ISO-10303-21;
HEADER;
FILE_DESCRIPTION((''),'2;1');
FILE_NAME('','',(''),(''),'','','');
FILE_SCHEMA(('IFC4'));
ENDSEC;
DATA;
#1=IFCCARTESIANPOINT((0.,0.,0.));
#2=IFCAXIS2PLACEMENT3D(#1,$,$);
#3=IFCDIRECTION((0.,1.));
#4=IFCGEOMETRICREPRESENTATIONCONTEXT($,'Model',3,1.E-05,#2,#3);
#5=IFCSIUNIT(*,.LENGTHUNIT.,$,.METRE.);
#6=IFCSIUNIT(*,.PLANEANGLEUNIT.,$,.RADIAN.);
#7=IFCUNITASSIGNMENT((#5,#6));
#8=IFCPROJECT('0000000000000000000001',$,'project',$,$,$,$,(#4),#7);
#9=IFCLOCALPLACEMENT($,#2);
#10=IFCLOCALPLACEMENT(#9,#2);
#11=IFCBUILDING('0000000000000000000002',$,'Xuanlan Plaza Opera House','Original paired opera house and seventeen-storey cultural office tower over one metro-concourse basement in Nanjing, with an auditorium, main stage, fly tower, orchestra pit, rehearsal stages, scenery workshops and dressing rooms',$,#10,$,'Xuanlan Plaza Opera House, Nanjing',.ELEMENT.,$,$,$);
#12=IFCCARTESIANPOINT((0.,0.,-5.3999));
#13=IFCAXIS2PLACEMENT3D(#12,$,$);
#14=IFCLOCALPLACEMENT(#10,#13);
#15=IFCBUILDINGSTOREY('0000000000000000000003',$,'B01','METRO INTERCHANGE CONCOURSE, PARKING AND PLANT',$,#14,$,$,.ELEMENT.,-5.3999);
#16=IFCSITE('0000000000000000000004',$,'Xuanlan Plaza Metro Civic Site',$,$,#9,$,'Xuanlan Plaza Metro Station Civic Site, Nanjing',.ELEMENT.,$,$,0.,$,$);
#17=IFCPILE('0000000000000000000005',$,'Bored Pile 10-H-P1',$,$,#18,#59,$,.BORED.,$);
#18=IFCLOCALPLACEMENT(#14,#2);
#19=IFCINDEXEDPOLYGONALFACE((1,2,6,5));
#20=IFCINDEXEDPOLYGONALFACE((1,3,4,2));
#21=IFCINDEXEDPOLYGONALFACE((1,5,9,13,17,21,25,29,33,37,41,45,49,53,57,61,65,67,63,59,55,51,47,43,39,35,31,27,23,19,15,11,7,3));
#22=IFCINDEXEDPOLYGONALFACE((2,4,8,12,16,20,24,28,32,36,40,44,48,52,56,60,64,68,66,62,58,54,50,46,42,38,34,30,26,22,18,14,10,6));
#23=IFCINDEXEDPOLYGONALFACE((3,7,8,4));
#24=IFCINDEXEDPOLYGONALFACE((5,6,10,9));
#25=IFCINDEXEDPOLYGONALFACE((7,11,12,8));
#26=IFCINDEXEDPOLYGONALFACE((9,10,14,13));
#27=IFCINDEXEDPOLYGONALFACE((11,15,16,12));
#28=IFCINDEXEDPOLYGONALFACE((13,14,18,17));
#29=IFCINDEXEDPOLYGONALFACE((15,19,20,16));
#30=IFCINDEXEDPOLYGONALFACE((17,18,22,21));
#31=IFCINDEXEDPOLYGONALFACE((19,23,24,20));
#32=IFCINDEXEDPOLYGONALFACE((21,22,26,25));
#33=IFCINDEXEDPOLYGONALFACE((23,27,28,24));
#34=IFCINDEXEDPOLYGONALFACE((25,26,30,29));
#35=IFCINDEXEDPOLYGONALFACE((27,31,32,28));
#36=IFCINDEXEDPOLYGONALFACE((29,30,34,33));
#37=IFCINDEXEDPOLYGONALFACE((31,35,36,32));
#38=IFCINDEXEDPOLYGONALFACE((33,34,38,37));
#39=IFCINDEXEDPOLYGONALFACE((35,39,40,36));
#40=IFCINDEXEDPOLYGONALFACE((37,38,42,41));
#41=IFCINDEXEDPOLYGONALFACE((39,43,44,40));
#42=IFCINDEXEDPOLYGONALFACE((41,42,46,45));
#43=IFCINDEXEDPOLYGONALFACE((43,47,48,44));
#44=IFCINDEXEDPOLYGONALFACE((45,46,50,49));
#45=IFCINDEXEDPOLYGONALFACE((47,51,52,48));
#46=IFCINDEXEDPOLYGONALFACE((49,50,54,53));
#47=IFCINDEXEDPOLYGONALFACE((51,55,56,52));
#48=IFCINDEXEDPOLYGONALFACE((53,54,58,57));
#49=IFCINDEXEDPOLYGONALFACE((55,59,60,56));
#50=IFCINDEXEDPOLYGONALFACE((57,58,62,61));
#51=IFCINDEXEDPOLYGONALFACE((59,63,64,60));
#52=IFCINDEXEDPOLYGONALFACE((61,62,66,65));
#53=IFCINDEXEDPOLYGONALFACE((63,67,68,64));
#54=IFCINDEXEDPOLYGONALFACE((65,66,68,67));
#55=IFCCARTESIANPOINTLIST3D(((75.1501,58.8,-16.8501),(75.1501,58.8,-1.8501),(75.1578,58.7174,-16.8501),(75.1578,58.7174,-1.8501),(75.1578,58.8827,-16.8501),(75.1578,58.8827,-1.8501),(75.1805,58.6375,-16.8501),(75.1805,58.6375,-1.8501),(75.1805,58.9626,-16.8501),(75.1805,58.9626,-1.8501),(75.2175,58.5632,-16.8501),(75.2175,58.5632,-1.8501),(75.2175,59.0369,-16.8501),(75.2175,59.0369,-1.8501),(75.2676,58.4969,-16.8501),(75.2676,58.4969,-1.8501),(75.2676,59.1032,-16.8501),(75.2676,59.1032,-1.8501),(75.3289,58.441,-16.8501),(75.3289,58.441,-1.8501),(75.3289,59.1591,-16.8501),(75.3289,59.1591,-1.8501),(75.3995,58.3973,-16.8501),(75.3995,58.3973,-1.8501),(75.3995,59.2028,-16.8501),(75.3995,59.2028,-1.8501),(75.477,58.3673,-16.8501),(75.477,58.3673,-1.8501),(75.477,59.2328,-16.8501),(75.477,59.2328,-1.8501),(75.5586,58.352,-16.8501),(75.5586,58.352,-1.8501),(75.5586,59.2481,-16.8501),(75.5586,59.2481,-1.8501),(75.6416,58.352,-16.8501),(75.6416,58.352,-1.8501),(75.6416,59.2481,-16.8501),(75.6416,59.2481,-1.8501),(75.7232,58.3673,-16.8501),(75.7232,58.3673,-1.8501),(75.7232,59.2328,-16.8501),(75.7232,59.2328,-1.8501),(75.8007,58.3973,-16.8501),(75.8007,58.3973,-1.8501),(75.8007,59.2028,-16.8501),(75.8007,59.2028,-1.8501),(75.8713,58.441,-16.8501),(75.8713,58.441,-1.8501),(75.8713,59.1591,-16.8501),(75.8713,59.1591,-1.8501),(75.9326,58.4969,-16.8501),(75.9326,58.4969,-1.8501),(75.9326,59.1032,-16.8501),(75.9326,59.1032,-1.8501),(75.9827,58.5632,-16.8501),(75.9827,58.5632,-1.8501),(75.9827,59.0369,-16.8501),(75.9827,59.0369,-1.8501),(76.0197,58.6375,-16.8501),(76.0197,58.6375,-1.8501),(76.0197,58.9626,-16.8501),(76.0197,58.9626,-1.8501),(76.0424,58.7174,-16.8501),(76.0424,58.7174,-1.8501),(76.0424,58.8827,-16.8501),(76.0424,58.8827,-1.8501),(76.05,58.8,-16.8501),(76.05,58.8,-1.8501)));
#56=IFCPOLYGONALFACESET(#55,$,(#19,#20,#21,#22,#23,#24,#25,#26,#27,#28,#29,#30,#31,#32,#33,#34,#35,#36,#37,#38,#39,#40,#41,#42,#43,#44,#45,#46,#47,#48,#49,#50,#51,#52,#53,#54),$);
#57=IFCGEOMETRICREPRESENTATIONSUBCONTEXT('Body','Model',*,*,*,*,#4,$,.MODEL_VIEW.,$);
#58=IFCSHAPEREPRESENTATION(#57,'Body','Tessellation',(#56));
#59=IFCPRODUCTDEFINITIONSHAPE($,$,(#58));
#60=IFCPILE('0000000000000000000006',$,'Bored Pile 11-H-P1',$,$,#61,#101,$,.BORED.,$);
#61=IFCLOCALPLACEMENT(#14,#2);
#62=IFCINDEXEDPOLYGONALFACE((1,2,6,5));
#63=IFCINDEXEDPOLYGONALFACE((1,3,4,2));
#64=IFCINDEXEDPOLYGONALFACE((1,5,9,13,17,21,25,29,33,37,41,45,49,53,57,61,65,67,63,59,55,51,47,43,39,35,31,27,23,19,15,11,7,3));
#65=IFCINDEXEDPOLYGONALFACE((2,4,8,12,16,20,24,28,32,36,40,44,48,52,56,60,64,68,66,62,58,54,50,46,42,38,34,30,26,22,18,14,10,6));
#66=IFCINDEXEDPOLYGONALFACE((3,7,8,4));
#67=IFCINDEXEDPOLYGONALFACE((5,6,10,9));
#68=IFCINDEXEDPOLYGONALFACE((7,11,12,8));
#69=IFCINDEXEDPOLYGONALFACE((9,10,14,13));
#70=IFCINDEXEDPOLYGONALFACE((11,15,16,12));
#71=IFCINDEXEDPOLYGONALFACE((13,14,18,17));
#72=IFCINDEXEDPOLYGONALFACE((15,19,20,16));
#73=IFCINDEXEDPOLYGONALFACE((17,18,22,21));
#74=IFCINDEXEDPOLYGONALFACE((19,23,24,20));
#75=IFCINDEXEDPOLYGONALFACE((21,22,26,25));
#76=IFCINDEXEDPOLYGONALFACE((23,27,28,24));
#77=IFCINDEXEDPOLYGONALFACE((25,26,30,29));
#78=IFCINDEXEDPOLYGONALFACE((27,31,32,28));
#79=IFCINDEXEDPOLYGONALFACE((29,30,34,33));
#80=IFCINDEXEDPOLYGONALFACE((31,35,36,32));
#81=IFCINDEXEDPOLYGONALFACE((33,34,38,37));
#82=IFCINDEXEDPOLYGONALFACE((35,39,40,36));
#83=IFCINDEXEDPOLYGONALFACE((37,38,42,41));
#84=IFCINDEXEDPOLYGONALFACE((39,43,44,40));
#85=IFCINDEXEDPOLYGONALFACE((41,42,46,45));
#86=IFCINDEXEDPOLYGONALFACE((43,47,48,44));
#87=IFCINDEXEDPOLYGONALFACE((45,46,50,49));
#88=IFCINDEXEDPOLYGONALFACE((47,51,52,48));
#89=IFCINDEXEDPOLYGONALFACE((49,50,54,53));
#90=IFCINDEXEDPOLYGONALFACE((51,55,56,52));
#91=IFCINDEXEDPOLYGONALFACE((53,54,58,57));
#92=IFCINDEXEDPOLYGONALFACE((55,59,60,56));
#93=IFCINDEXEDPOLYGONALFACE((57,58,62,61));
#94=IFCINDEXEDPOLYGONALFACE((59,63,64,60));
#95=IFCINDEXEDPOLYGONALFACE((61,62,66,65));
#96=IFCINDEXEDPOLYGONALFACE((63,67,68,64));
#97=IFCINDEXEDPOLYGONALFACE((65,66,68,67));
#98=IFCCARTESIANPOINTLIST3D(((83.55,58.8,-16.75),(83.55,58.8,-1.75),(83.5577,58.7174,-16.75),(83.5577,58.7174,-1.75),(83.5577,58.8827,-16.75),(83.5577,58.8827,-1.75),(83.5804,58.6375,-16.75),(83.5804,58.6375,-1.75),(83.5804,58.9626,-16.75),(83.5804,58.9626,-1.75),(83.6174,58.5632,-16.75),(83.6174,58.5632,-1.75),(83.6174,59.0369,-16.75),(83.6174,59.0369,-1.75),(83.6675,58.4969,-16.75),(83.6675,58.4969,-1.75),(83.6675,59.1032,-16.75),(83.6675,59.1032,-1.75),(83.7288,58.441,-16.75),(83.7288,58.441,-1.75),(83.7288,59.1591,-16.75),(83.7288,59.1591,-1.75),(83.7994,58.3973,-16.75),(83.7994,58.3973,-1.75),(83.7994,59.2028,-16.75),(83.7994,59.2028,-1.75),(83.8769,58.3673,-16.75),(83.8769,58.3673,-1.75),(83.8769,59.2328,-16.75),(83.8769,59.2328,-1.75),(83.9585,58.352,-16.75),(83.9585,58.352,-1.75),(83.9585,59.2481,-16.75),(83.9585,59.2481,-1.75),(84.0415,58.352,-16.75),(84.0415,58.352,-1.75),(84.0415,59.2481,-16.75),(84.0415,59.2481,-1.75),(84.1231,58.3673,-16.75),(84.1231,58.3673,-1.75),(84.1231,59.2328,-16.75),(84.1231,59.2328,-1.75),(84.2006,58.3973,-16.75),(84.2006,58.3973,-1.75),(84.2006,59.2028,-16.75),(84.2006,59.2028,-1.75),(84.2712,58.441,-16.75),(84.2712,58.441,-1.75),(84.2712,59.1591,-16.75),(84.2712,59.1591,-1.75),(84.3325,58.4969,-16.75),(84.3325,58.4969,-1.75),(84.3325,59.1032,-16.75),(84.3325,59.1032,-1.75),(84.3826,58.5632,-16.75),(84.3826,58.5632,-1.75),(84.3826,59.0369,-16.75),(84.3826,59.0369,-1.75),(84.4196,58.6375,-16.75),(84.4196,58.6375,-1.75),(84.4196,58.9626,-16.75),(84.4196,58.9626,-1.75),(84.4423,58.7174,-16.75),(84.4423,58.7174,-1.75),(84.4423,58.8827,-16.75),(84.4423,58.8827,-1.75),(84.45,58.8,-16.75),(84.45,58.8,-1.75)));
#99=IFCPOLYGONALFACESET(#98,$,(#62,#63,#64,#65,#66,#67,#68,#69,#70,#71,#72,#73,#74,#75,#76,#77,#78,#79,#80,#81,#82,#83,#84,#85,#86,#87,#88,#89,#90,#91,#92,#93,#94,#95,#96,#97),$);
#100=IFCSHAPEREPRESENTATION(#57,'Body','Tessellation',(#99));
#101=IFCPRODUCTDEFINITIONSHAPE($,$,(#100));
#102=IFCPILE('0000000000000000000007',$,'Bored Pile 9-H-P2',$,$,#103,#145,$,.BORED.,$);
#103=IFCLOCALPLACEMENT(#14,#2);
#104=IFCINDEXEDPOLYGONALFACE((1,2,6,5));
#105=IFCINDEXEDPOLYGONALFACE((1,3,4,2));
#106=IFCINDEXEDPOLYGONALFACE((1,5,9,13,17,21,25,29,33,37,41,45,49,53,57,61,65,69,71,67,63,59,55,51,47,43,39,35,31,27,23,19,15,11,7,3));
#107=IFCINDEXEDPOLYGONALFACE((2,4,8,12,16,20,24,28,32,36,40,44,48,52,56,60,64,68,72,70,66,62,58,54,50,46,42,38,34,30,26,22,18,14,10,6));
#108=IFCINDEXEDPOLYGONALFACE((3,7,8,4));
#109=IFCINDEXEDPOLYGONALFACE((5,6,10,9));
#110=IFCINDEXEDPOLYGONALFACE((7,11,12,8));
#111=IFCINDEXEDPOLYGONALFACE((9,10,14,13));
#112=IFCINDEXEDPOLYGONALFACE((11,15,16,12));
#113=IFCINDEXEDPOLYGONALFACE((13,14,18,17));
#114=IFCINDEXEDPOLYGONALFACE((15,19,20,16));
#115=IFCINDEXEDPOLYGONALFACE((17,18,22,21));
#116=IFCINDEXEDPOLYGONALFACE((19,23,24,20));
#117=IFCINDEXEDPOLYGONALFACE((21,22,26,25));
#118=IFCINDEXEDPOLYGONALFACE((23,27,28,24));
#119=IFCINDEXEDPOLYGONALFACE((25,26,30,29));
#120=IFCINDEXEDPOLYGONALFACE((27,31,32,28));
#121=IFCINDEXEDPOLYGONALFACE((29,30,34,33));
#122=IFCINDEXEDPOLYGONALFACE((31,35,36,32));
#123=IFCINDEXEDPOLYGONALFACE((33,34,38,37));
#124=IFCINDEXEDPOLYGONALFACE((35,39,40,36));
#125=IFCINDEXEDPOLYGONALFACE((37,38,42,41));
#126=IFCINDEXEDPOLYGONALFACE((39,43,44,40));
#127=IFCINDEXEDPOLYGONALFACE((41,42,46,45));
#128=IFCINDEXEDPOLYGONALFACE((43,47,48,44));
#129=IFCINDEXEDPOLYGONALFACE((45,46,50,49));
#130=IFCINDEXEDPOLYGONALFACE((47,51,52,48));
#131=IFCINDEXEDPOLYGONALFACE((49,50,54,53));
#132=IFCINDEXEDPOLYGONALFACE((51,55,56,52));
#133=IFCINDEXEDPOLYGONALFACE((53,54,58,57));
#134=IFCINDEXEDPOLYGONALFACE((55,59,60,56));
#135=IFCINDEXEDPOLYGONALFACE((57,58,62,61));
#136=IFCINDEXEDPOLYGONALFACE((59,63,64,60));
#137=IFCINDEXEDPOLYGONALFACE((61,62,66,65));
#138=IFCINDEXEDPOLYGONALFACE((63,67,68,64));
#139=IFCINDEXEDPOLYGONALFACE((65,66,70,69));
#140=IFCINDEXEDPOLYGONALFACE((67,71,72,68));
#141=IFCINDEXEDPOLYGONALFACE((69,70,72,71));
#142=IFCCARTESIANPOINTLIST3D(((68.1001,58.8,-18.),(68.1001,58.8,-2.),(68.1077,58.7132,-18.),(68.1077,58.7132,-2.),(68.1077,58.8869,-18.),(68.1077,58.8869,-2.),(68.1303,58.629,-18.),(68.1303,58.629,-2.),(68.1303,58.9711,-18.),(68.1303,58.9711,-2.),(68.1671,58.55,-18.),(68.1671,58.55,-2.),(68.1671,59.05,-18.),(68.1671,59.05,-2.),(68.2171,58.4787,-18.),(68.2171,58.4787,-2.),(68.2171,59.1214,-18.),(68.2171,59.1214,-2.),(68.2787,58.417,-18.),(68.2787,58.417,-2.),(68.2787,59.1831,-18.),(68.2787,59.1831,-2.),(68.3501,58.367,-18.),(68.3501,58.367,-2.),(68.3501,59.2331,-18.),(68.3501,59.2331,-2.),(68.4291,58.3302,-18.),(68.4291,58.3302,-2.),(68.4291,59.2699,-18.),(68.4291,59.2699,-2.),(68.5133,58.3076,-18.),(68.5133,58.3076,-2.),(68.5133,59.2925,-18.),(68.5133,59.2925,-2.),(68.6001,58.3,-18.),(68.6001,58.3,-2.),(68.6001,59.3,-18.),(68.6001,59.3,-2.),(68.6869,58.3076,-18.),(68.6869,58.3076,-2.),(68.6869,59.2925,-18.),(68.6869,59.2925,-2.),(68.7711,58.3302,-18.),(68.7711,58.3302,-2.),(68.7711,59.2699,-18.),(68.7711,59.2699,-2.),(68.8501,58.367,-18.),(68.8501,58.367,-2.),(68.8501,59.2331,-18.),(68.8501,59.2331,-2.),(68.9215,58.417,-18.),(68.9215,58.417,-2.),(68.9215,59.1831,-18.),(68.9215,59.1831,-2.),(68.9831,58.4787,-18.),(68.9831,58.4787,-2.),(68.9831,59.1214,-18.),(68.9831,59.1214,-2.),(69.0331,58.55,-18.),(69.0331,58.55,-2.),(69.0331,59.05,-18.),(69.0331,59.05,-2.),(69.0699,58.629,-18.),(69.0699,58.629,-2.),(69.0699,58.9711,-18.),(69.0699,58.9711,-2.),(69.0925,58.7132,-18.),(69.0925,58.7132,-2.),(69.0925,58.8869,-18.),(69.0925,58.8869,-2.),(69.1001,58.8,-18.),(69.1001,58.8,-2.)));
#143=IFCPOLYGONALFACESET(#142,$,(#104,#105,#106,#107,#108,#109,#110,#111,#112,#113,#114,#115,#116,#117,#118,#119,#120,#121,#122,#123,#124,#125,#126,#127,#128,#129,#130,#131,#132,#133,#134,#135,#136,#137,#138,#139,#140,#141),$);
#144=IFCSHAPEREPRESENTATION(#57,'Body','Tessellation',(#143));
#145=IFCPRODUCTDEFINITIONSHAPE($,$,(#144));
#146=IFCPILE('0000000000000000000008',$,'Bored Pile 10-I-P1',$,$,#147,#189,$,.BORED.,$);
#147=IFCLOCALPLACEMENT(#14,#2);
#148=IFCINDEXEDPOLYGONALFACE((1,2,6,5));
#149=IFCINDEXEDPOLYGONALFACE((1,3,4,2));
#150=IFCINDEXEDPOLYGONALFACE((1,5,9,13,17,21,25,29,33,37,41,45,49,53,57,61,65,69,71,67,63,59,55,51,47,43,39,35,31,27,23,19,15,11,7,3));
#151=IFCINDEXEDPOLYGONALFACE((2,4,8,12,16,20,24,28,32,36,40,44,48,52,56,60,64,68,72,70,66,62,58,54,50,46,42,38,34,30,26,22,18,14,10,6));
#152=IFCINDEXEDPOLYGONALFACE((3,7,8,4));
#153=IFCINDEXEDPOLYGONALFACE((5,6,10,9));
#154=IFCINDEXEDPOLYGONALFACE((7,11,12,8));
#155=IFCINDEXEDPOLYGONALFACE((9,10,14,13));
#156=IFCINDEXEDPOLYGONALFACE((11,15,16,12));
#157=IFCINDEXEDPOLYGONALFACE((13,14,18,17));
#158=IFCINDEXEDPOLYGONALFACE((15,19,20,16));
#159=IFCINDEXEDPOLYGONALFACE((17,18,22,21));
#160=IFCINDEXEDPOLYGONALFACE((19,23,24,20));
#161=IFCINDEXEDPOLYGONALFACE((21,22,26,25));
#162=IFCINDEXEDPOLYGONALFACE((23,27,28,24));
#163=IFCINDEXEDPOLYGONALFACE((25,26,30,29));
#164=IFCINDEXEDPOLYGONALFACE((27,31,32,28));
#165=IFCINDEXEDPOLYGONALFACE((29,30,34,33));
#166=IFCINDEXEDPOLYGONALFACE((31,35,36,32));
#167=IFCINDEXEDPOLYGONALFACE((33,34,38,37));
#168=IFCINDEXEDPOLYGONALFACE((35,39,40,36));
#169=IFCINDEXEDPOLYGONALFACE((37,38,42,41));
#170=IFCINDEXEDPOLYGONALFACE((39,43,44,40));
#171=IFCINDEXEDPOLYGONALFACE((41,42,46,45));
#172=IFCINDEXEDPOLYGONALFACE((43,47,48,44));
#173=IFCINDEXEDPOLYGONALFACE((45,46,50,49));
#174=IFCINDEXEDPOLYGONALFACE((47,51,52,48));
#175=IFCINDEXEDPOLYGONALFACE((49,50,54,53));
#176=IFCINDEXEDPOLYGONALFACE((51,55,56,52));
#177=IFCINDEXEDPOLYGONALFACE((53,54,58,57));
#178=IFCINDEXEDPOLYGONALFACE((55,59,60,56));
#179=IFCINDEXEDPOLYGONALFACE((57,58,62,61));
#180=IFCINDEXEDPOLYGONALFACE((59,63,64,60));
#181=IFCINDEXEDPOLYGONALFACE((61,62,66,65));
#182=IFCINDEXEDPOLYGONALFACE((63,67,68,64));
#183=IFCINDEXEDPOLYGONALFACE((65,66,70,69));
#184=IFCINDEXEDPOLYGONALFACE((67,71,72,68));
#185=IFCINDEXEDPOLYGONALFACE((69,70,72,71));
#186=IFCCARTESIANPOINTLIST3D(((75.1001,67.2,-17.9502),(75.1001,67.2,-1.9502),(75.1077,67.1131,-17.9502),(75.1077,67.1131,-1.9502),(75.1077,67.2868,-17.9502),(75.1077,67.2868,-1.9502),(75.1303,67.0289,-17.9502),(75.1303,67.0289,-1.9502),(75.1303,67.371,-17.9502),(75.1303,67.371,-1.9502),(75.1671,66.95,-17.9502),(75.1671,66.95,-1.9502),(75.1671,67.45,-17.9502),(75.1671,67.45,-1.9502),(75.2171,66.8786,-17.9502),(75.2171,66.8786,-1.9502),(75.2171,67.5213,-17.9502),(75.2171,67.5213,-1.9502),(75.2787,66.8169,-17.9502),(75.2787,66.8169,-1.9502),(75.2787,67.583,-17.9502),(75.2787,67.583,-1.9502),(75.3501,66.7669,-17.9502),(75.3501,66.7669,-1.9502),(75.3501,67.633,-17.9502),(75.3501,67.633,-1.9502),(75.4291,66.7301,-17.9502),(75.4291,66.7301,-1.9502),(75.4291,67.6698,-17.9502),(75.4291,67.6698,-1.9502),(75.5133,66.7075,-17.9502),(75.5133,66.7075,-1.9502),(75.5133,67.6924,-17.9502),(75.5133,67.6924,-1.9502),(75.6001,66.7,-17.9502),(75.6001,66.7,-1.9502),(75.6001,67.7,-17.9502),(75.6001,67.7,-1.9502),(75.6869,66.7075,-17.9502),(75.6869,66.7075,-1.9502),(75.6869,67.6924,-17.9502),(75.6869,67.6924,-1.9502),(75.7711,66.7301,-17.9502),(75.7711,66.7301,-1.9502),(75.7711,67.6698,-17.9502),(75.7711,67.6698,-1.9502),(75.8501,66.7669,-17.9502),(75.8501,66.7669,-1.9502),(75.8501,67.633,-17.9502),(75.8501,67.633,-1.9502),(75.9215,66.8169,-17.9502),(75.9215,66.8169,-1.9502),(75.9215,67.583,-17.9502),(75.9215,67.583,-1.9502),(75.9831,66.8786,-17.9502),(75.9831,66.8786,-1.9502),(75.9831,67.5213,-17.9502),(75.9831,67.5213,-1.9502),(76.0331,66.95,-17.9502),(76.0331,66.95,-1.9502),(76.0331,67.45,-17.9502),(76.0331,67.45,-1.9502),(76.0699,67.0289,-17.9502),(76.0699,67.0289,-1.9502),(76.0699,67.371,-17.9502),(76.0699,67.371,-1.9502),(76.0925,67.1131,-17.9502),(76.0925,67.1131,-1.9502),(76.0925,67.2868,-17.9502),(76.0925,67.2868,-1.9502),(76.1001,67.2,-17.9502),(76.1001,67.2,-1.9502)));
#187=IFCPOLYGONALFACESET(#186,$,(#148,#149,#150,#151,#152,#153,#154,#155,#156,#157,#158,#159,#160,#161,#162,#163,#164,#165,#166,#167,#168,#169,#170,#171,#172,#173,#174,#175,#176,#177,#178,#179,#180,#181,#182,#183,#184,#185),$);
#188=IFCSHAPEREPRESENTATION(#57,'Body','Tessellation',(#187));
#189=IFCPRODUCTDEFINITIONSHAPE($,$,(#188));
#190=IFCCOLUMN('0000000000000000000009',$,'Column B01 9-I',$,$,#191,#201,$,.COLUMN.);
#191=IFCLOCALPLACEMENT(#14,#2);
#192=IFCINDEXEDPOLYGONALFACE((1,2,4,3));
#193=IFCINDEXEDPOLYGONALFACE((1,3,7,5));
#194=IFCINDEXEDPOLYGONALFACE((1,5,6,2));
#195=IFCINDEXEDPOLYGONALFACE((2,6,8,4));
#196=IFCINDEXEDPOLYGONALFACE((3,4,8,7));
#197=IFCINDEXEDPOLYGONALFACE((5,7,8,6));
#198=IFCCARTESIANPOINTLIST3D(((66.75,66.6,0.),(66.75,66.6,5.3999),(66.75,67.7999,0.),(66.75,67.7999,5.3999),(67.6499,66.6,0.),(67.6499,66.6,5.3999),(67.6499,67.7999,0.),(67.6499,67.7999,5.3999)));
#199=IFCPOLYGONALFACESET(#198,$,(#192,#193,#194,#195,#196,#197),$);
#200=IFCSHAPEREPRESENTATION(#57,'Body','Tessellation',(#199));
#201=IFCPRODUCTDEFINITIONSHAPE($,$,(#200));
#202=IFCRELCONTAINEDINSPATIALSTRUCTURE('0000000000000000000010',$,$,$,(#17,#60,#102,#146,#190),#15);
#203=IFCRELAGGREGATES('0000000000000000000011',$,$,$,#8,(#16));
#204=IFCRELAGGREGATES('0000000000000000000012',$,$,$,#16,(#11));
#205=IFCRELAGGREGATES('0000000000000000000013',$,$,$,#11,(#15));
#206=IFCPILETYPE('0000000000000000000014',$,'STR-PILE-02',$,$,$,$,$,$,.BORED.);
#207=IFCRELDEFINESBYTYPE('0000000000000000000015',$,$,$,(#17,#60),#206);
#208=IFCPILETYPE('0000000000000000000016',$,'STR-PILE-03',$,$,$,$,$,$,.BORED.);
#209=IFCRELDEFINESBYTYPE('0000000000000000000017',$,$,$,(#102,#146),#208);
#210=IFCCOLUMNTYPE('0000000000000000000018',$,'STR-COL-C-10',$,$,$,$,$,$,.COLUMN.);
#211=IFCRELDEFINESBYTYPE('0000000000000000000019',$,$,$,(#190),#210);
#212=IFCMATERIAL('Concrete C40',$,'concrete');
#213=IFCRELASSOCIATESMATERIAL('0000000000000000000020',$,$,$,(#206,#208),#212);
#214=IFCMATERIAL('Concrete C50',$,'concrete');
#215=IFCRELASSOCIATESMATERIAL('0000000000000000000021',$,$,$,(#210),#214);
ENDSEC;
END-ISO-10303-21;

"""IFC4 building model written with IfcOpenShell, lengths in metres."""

from ifc_helpers import new_model, si_unit, direction, frame, origin, origin_2d, place, context, subcontext, project, spatial, rectangle, circle, extrude, material, material_profile, profile_set, type_object, element, save


model = new_model("IFC4")

# Units and contexts
model_context = context("Model", 3, precision=1e-05, world=origin(), true_north=direction((0.0, 1.0)))
body_context = subcontext(model_context, "Body", "Model", "MODEL_VIEW")
ifc_project = project(units=[si_unit("LENGTHUNIT", "METRE"), si_unit("PLANEANGLEUNIT", "RADIAN")], contexts=[model_context])

# Site, building, storey
site_placement = place(None, origin())
site = spatial("IfcSite", under=ifc_project, at=site_placement, Name="Xuanlan Plaza Metro Civic Site", LongName="Xuanlan Plaza Metro Station Civic Site, Nanjing", CompositionType="ELEMENT", RefElevation=0.0)
building_placement = place(site_placement, origin())
building = spatial("IfcBuilding", under=site, at=building_placement, Name="Xuanlan Plaza Opera House", Description="Original paired opera house and seventeen-storey cultural office tower over one metro-concourse basement in Nanjing, with an auditorium, main stage, fly tower, orchestra pit, rehearsal stages, scenery workshops and dressing rooms", LongName="Xuanlan Plaza Opera House, Nanjing", CompositionType="ELEMENT")
storey_placement = place(building_placement, frame((0.0, 0.0, -5.3999)))
storey = spatial("IfcBuildingStorey", under=building, at=storey_placement, Name="B01", Description="METRO INTERCHANGE CONCOURSE, PARKING AND PLANT", CompositionType="ELEMENT", Elevation=-5.3999)

# Shared definitions
ifc_material_1 = material(Name="Concrete C40", Category="concrete")
ifc_material_2 = material(Name="Concrete C50", Category="concrete")

# Piles
ifc_material_profile_1 = material_profile(ifc_material_1, circle(Radius=0.45, at=origin_2d()), Name="PILE D900")
ifc_profile_set_1 = profile_set([ifc_material_profile_1], Name="Concrete C40")
pile_type_1 = type_object("IfcPileType", Name="STR-PILE-02", PredefinedType="BORED", material=ifc_profile_set_1)
for number, where, z_axis, x_axis, name in (
    (1, (75.6001, 58.8, -1.8501), (0.0, 0.0, -1.0), (1.0, 0.0, 0.0), "Bored Pile 10-H-P1"),
    (2, (84.0, 58.8, -1.75), (0.0, 0.0, -1.0), (1.0, 0.0, 0.0), "Bored Pile 11-H-P1"),
):
    element("IfcPile", number, at=place(storey_placement, frame(where, z_axis=z_axis, x_axis=x_axis)), inside=storey, type_object=pile_type_1, Name=name, PredefinedType="BORED", context=body_context, shape_type="SweptSolid", body=[
        extrude(circle(Radius=0.45, at=origin_2d()), origin(), (0.0, 0.0, 1.0), 15.0),
    ])
ifc_material_profile_2 = material_profile(ifc_material_1, circle(Radius=0.5, at=origin_2d()), Name="PILE D1000")
ifc_profile_set_2 = profile_set([ifc_material_profile_2], Name="Concrete C40")
pile_type_2 = type_object("IfcPileType", Name="STR-PILE-03", PredefinedType="BORED", material=ifc_profile_set_2)
for number, where, z_axis, x_axis, name in (
    (3, (68.6001, 58.8, -2.0), (0.0, 0.0, -1.0), (1.0, 0.0, 0.0), "Bored Pile 9-H-P2"),
    (4, (75.6001, 67.2, -1.9502), (0.0, 0.0, -1.0), (1.0, 0.0, 0.0), "Bored Pile 10-I-P1"),
):
    element("IfcPile", number, at=place(storey_placement, frame(where, z_axis=z_axis, x_axis=x_axis)), inside=storey, type_object=pile_type_2, Name=name, PredefinedType="BORED", context=body_context, shape_type="SweptSolid", body=[
        extrude(circle(Radius=0.5, at=origin_2d()), origin(), (0.0, 0.0, 1.0), 16.0),
    ])

# Column
ifc_material_profile_3 = material_profile(ifc_material_2, rectangle(XDim=0.8999, YDim=1.2, at=origin_2d()), Name="RC-COL 900x1200")
ifc_profile_set_3 = profile_set([ifc_material_profile_3], Name="Concrete C50")
column_type_1 = type_object("IfcColumnType", Name="STR-COL-C-10", PredefinedType="COLUMN", material=ifc_profile_set_3)
column_1_placement = place(storey_placement, frame((67.2, 67.2, 0.0), z_axis=(0.0, 0.0, 1.0), x_axis=(1.0, 0.0, 0.0)))
element("IfcColumn", 5, at=column_1_placement, inside=storey, type_object=column_type_1, Name="Column B01 9-I", PredefinedType="COLUMN", context=body_context, shape_type="SweptSolid", body=[
    extrude(rectangle(XDim=0.8999, YDim=1.2, at=origin_2d()), origin(), (0.0, 0.0, 1.0), 5.3999),
])

save(model, "model.ifc")
